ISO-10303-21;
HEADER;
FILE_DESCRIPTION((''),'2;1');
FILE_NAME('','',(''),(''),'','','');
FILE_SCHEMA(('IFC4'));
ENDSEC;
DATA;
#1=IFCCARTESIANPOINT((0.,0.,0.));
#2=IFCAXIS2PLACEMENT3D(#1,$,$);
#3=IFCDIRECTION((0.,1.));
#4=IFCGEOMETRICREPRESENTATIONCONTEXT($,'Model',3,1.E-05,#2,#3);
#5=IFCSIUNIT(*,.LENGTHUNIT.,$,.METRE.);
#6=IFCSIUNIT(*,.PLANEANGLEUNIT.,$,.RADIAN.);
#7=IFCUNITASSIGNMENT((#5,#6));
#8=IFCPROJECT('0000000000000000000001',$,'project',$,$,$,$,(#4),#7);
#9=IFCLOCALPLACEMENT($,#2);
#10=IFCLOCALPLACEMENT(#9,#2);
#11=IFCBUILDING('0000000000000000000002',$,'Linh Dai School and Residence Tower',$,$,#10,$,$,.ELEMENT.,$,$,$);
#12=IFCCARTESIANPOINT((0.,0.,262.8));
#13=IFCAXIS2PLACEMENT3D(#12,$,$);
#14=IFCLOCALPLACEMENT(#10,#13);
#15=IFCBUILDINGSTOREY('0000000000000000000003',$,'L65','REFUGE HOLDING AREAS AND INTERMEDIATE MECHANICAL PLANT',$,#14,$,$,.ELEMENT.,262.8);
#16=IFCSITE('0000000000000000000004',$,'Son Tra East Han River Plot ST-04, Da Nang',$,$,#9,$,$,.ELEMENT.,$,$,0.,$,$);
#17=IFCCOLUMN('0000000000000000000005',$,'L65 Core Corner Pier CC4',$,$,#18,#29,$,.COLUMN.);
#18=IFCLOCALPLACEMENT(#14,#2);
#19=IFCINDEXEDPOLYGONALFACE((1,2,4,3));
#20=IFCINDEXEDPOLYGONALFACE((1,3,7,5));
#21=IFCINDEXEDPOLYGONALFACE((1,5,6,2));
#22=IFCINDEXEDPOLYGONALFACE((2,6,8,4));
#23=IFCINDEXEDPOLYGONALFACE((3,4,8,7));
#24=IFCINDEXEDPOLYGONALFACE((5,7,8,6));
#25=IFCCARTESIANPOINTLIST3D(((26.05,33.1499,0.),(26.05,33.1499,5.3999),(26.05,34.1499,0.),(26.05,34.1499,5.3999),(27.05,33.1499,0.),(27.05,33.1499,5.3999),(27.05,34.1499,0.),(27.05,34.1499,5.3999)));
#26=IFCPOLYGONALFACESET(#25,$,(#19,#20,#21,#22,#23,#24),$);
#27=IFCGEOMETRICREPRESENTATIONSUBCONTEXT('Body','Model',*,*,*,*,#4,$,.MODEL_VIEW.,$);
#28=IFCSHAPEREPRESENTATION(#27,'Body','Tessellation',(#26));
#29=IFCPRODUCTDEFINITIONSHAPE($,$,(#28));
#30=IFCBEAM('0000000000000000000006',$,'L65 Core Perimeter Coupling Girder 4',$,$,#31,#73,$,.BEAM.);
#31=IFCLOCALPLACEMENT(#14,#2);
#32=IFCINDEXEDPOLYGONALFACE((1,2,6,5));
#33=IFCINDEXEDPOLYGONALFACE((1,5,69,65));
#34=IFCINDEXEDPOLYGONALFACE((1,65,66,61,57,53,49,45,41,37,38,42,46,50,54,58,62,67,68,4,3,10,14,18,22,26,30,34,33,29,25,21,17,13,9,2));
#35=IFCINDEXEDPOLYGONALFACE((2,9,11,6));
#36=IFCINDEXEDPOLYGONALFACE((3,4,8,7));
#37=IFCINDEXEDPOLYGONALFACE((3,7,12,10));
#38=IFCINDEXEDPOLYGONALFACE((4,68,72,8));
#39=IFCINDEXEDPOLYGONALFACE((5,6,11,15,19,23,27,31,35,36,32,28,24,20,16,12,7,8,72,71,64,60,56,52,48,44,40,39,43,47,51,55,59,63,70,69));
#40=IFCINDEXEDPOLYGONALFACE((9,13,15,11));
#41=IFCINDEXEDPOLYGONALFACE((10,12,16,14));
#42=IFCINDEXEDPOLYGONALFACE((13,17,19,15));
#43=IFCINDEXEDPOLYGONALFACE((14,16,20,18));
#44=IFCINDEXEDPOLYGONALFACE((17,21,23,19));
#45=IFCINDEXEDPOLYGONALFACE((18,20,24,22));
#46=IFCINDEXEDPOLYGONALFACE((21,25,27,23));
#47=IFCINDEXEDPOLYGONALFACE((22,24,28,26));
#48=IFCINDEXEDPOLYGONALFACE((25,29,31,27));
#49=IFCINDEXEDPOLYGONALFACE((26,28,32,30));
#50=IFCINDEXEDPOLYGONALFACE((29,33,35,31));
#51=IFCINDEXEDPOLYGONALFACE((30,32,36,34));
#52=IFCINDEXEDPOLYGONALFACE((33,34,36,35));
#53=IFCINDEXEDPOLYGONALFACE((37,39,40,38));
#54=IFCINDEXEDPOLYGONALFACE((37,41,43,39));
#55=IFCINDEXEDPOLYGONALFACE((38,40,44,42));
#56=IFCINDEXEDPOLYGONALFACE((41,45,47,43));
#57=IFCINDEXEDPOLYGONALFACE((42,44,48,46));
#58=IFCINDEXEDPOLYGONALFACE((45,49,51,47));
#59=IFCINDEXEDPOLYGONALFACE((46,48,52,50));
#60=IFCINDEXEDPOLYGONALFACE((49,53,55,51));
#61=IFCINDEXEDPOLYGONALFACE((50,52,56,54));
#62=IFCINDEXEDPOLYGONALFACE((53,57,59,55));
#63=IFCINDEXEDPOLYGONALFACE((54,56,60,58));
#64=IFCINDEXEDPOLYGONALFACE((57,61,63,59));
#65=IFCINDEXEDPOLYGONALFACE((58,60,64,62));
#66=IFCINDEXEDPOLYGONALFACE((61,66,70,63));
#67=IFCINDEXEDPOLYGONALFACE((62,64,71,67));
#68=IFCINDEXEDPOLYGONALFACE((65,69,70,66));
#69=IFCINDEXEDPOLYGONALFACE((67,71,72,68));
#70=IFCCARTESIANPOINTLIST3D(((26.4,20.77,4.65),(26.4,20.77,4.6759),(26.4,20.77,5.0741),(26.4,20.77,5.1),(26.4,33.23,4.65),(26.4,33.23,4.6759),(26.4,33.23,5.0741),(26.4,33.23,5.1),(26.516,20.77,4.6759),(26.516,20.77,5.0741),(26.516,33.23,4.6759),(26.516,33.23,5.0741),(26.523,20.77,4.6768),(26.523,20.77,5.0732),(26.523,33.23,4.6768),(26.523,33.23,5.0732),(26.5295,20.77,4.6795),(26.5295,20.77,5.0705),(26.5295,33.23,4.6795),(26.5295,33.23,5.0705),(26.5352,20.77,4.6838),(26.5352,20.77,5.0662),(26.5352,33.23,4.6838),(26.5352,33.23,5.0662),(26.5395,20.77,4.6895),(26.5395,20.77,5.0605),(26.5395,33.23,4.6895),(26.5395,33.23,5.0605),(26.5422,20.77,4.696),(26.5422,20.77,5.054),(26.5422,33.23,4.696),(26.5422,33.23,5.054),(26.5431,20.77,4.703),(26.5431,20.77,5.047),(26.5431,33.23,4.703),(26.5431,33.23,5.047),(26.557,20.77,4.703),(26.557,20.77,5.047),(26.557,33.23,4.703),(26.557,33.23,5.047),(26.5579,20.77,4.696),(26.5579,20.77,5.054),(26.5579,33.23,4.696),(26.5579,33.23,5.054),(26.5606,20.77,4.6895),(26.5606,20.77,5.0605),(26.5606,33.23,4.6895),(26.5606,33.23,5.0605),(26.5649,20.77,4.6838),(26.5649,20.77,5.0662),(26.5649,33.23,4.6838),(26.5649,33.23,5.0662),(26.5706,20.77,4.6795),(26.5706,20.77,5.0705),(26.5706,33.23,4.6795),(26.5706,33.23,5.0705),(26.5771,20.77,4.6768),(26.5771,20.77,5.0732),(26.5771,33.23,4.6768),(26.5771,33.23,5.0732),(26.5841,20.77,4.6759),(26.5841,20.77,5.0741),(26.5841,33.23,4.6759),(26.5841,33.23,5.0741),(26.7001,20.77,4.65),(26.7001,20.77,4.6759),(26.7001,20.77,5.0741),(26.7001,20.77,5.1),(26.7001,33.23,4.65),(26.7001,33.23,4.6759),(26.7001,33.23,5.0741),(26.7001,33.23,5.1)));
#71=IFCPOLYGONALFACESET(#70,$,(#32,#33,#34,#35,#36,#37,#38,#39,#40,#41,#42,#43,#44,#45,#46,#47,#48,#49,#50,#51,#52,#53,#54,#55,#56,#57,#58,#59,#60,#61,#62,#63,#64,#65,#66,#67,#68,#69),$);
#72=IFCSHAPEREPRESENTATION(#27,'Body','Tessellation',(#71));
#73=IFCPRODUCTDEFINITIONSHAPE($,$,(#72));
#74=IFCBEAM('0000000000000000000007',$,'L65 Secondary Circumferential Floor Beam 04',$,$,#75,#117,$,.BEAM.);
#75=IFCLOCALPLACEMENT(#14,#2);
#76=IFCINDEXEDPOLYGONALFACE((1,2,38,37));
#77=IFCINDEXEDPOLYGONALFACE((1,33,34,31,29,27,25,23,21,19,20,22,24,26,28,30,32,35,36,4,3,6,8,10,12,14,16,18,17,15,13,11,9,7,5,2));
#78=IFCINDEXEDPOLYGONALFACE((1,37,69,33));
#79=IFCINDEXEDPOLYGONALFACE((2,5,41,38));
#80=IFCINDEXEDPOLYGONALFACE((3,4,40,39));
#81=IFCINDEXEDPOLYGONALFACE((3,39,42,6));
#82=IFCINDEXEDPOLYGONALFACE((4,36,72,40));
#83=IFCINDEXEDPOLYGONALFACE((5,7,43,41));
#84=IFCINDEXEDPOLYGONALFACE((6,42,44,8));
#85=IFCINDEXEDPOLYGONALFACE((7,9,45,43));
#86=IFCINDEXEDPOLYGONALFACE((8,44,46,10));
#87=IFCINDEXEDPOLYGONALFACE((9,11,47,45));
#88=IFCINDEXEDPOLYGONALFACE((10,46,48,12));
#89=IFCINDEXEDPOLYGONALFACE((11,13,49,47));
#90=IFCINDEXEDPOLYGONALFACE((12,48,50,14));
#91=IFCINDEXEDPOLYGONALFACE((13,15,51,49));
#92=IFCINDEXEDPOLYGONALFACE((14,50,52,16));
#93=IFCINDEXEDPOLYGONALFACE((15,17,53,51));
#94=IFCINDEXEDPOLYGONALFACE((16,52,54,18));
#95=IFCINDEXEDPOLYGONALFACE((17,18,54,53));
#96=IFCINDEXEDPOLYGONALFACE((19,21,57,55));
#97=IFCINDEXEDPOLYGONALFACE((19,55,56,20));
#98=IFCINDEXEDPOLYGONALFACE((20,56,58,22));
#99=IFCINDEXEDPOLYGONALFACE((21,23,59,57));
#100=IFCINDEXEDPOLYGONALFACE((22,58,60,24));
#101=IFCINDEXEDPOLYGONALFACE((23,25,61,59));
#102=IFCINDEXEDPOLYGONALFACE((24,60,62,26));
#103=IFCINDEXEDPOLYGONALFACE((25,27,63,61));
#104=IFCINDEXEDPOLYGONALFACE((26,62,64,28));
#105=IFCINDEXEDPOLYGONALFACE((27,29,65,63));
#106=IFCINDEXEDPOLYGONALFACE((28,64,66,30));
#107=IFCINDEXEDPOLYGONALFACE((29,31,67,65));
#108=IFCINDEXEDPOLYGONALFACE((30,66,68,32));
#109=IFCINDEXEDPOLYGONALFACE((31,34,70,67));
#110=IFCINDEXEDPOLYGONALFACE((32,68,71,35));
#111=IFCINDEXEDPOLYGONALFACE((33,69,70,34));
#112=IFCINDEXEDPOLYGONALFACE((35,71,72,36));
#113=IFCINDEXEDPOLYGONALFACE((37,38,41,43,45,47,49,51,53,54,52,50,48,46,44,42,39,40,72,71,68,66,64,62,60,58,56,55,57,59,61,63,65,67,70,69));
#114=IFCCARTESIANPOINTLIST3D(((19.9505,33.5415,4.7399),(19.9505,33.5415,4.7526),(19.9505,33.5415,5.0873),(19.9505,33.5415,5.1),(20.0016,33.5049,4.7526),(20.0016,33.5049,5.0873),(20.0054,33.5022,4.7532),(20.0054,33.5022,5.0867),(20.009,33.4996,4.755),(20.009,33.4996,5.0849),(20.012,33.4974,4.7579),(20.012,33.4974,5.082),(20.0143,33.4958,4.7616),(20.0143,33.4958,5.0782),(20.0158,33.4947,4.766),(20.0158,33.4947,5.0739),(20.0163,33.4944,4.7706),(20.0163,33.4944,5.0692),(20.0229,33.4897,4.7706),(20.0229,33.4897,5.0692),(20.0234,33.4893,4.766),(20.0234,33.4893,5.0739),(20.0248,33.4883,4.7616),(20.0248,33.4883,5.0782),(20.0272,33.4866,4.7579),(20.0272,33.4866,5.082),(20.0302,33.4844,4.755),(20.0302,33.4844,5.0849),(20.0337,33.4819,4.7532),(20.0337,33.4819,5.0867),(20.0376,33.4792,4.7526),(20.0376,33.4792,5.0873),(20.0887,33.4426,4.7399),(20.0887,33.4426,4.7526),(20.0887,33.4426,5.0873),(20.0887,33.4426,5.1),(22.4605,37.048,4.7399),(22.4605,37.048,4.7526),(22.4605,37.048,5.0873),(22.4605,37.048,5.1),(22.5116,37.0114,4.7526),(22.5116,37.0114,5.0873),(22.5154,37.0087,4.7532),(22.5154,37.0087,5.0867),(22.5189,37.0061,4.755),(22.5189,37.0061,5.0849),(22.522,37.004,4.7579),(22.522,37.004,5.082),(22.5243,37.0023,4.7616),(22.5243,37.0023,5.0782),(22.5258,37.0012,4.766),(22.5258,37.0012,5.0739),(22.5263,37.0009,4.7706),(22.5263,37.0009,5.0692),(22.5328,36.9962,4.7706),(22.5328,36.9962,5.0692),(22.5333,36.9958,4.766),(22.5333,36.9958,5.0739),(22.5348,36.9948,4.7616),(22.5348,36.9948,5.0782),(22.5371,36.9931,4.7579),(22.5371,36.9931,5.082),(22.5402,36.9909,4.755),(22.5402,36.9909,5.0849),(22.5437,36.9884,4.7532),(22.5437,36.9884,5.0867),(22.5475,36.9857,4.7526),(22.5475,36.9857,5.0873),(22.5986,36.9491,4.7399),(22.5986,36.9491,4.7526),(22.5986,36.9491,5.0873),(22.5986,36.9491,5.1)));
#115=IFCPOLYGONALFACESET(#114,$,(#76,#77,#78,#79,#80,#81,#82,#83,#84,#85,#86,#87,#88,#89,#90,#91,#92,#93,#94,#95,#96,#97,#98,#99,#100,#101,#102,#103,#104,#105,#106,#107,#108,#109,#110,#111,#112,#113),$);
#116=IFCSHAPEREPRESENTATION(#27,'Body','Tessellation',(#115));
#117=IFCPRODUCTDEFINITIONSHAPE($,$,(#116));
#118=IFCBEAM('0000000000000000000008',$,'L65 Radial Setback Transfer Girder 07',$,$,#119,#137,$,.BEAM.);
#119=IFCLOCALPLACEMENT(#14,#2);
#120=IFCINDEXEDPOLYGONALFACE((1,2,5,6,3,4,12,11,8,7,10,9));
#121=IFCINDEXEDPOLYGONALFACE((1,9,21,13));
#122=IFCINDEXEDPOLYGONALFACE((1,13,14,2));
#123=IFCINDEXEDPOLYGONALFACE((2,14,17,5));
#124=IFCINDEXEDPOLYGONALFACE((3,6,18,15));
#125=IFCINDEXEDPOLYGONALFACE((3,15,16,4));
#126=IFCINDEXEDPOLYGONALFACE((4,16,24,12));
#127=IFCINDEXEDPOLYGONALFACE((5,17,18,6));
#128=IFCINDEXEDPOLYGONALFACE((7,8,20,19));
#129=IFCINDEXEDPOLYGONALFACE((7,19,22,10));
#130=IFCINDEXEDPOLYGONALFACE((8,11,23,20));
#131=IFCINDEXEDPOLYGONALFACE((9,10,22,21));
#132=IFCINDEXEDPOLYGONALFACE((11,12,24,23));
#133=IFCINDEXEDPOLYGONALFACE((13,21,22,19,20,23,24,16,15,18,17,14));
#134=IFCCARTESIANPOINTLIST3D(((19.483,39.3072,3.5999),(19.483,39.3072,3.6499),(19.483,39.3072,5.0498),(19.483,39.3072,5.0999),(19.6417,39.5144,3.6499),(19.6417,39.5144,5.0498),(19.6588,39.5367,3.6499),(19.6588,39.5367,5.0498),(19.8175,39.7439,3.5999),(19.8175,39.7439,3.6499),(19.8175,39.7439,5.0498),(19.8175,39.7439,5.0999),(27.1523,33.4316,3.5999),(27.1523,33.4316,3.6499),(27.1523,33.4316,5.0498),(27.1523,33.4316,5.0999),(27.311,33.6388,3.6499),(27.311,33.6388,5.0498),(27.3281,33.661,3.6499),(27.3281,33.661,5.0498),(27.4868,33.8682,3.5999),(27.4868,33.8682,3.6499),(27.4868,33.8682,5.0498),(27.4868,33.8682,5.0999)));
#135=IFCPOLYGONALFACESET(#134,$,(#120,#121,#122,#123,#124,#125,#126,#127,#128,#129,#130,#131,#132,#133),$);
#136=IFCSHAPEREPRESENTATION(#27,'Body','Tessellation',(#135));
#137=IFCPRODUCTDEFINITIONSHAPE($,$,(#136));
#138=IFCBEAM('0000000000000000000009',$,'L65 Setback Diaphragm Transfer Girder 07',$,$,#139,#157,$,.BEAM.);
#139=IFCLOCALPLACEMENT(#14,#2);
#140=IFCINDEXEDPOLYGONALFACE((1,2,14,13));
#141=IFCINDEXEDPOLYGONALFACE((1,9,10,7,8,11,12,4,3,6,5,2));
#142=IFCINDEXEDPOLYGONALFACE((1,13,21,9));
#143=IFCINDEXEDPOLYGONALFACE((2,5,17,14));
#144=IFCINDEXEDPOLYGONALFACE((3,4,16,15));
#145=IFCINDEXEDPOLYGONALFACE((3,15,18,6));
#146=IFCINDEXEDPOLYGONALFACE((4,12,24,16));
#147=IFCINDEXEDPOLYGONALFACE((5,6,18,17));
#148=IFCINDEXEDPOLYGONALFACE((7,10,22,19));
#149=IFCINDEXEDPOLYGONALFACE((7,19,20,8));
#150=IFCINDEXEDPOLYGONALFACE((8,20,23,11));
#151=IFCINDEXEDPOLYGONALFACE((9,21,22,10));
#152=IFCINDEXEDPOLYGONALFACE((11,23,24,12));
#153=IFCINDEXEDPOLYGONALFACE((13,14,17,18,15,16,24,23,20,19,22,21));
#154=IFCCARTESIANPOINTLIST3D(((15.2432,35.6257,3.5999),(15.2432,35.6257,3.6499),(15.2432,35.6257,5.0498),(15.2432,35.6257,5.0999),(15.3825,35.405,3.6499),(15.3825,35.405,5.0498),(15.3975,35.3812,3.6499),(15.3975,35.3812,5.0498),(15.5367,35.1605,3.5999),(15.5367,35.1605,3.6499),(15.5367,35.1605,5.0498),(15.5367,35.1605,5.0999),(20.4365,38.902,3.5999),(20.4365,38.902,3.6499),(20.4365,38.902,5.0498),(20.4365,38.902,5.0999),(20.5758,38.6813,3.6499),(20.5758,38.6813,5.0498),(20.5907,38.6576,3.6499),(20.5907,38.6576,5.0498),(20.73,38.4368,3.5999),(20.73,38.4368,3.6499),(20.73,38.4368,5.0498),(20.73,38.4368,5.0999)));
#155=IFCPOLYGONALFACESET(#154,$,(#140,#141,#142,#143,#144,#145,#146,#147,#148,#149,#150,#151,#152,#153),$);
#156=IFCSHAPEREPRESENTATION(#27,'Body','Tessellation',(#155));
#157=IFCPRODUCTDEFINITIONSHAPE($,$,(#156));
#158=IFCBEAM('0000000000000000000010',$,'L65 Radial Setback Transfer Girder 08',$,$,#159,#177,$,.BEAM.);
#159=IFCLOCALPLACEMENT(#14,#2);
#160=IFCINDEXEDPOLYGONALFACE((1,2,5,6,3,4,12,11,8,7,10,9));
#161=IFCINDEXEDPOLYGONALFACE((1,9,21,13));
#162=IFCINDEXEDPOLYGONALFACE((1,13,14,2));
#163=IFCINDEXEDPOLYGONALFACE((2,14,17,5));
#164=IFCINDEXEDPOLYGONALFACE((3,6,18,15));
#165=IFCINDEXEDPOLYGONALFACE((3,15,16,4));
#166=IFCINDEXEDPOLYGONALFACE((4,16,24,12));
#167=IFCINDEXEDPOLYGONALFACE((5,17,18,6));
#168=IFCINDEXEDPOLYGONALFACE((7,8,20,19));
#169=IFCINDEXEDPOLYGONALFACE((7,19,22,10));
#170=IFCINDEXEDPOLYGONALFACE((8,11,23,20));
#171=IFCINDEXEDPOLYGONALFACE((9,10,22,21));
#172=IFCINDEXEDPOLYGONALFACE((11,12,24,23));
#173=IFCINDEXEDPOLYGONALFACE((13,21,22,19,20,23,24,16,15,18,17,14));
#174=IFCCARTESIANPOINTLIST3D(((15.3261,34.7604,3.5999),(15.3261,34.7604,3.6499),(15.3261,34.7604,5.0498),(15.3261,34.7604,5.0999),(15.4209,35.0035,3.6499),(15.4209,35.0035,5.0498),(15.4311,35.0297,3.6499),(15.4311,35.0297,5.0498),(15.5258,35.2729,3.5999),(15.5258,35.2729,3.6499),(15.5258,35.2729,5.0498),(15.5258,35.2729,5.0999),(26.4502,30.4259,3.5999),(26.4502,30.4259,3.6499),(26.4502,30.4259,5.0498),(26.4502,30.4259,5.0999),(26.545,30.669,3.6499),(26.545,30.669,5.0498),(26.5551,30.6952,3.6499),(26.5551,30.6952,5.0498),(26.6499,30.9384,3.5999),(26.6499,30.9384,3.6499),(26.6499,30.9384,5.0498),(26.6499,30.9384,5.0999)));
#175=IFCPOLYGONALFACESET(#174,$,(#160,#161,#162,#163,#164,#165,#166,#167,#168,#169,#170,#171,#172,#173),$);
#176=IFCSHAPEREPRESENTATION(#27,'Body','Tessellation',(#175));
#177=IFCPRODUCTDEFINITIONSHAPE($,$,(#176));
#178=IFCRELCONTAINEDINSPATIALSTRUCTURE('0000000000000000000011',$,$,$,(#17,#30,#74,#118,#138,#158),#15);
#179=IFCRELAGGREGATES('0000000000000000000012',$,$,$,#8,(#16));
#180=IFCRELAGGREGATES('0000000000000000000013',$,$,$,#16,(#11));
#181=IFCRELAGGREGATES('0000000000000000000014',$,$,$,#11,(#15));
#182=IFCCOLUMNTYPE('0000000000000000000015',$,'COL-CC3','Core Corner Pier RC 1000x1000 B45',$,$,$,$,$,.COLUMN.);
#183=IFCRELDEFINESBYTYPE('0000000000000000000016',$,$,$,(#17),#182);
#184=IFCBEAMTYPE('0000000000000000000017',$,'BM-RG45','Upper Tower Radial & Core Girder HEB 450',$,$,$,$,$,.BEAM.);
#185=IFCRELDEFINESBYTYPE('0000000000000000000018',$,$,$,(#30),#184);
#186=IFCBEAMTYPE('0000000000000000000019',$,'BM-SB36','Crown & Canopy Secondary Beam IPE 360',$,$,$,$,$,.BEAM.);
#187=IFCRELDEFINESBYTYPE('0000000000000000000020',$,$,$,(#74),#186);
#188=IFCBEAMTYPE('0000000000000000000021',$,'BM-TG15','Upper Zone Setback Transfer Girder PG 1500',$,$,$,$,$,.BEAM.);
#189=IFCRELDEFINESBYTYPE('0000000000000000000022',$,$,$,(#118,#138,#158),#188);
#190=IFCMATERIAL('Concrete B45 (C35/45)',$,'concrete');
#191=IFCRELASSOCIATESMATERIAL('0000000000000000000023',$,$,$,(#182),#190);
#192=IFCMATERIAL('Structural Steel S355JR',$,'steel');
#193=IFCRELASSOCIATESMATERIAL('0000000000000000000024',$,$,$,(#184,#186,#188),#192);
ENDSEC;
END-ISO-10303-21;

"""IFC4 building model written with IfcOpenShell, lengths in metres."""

from ifc_helpers import new_model, si_unit, direction, frame, origin, origin_2d, place, context, subcontext, project, spatial, rectangle, i_section, extrude, material, material_profile, profile_set, type_object, element, save


model = new_model("IFC4")

# Units and contexts
model_context = context("Model", 3, precision=1e-05, world=origin(), true_north=direction((0.0, 1.0)))
body_context = subcontext(model_context, "Body", "Model", "MODEL_VIEW")
ifc_project = project(units=[si_unit("LENGTHUNIT", "METRE"), si_unit("PLANEANGLEUNIT", "RADIAN")], contexts=[model_context])

# Site, building, storey
site_placement = place(None, origin())
site = spatial("IfcSite", under=ifc_project, at=site_placement, Name="Son Tra East Han River Plot ST-04, Da Nang", CompositionType="ELEMENT", RefElevation=0.0)
building_placement = place(site_placement, origin())
building = spatial("IfcBuilding", under=site, at=building_placement, Name="Linh Dai School and Residence Tower", CompositionType="ELEMENT")
storey_placement = place(building_placement, frame((0.0, 0.0, 262.8)))
storey = spatial("IfcBuildingStorey", under=building, at=storey_placement, Name="L65", Description="REFUGE HOLDING AREAS AND INTERMEDIATE MECHANICAL PLANT", CompositionType="ELEMENT", Elevation=262.8)

# Column
ifc_material_1 = material(Name="Concrete B45 (C35/45)", Category="concrete")
ifc_material_profile_1 = material_profile(ifc_material_1, rectangle(XDim=1.0, YDim=1.0, at=origin_2d()), Name="RC 1000x1000")
ifc_profile_set_1 = profile_set([ifc_material_profile_1], Name="Concrete B45 (C35/45)")
column_type = type_object("IfcColumnType", Name="COL-CC3", Description="Core Corner Pier RC 1000x1000 B45", PredefinedType="COLUMN", material=ifc_profile_set_1)
column_placement = place(storey_placement, frame((26.55, 33.6499, 0.0), z_axis=(0.0, 0.0, 1.0), x_axis=(1.0, 0.0, 0.0)))
element("IfcColumn", 1, at=column_placement, inside=storey, type_object=column_type, Name="L65 Core Corner Pier CC4", PredefinedType="COLUMN", context=body_context, shape_type="SweptSolid", body=[
    extrude(rectangle(XDim=1.0, YDim=1.0, at=origin_2d()), origin(), (0.0, 0.0, 1.0), 5.3999),
])

# Beams
ifc_material_2 = material(Name="Structural Steel S355JR", Category="steel")
ifc_material_profile_2 = material_profile(ifc_material_2, i_section(OverallWidth=0.3, OverallDepth=0.45, WebThickness=0.0139, FlangeThickness=0.0259, FilletRadius=0.0271, at=origin_2d()), Name="HEB 450")
ifc_profile_set_2 = profile_set([ifc_material_profile_2], Name="Structural Steel S355JR")
beam_type_1 = type_object("IfcBeamType", Name="BM-RG45", Description="Upper Tower Radial & Core Girder HEB 450", PredefinedType="BEAM", material=ifc_profile_set_2)
beam_1_placement = place(storey_placement, frame((26.55, 33.23, 4.875), z_axis=(0.0, -1.0, 0.0), x_axis=(1.0, 0.0, 0.0)))
element("IfcBeam", 2, at=beam_1_placement, inside=storey, type_object=beam_type_1, Name="L65 Core Perimeter Coupling Girder 4", PredefinedType="BEAM", context=body_context, shape_type="SweptSolid", body=[
    extrude(i_section(OverallWidth=0.3, OverallDepth=0.45, WebThickness=0.0139, FlangeThickness=0.0259, FilletRadius=0.0271, at=origin_2d()), origin(), (0.0, 0.0, 1.0), 12.46),
])
ifc_material_profile_3 = material_profile(ifc_material_2, i_section(OverallWidth=0.1699, OverallDepth=0.3601, WebThickness=0.0081, FlangeThickness=0.0127, FilletRadius=0.0181, at=origin_2d()), Name="IPE 360")
ifc_profile_set_3 = profile_set([ifc_material_profile_3], Name="Structural Steel S355JR")
beam_type_2 = type_object("IfcBeamType", Name="BM-SB36", Description="Crown & Canopy Secondary Beam IPE 360", PredefinedType="BEAM", material=ifc_profile_set_3)
beam_2_placement = place(storey_placement, frame((22.5295, 36.9985, 4.9199), z_axis=(-0.582052, -0.813152, 0.0), x_axis=(0.813152, -0.582052, 0.0)))
element("IfcBeam", 3, at=beam_2_placement, inside=storey, type_object=beam_type_2, Name="L65 Secondary Circumferential Floor Beam 04", PredefinedType="BEAM", context=body_context, shape_type="SweptSolid", body=[
    extrude(i_section(OverallWidth=0.1699, OverallDepth=0.3601, WebThickness=0.0081, FlangeThickness=0.0127, FilletRadius=0.0181, at=origin_2d()), origin(), (0.0, 0.0, 1.0), 4.3123),
])
ifc_material_profile_4 = material_profile(ifc_material_2, i_section(OverallWidth=0.55, OverallDepth=1.5, WebThickness=0.0281, FlangeThickness=0.05, at=origin_2d()), Name="PG 1500x550x28x50")
ifc_profile_set_4 = profile_set([ifc_material_profile_4], Name="Structural Steel S355JR")
beam_type_3 = type_object("IfcBeamType", Name="BM-TG15", Description="Upper Zone Setback Transfer Girder PG 1500", PredefinedType="BEAM", material=ifc_profile_set_4)
beam_3_placement = place(storey_placement, frame((27.3196, 33.6499, 4.3499), z_axis=(-0.793815, 0.60816, 0.0), x_axis=(-0.60816, -0.793815, 0.0)))
element("IfcBeam", 4, at=beam_3_placement, inside=storey, type_object=beam_type_3, Name="L65 Radial Setback Transfer Girder 07", PredefinedType="BEAM", context=body_context, shape_type="SweptSolid", body=[
    extrude(i_section(OverallWidth=0.55, OverallDepth=1.5, WebThickness=0.0281, FlangeThickness=0.05, at=origin_2d()), origin(), (0.0, 0.0, 1.0), 9.6614),
])
beam_4_placement = place(storey_placement, frame((20.5833, 38.6694, 4.3499), z_axis=(-0.845757, -0.533568, 0.0), x_axis=(0.533568, -0.845757, 0.0)))
element("IfcBeam", 5, at=beam_4_placement, inside=storey, type_object=beam_type_3, Name="L65 Setback Diaphragm Transfer Girder 07", PredefinedType="BEAM", context=body_context, shape_type="SweptSolid", body=[
    extrude(i_section(OverallWidth=0.55, OverallDepth=1.5, WebThickness=0.0281, FlangeThickness=0.05, at=origin_2d()), origin(), (0.0, 0.0, 1.0), 6.1404),
])
beam_5_placement = place(storey_placement, frame((26.55, 30.6821, 4.3499), z_axis=(-0.931765, 0.363062, 0.0), x_axis=(-0.363062, -0.931765, 0.0)))
element("IfcBeam", 6, at=beam_5_placement, inside=storey, type_object=beam_type_3, Name="L65 Radial Setback Transfer Girder 08", PredefinedType="BEAM", context=body_context, shape_type="SweptSolid", body=[
    extrude(i_section(OverallWidth=0.55, OverallDepth=1.5, WebThickness=0.0281, FlangeThickness=0.05, at=origin_2d()), origin(), (0.0, 0.0, 1.0), 11.9387),
])

save(model, "model.ifc")
